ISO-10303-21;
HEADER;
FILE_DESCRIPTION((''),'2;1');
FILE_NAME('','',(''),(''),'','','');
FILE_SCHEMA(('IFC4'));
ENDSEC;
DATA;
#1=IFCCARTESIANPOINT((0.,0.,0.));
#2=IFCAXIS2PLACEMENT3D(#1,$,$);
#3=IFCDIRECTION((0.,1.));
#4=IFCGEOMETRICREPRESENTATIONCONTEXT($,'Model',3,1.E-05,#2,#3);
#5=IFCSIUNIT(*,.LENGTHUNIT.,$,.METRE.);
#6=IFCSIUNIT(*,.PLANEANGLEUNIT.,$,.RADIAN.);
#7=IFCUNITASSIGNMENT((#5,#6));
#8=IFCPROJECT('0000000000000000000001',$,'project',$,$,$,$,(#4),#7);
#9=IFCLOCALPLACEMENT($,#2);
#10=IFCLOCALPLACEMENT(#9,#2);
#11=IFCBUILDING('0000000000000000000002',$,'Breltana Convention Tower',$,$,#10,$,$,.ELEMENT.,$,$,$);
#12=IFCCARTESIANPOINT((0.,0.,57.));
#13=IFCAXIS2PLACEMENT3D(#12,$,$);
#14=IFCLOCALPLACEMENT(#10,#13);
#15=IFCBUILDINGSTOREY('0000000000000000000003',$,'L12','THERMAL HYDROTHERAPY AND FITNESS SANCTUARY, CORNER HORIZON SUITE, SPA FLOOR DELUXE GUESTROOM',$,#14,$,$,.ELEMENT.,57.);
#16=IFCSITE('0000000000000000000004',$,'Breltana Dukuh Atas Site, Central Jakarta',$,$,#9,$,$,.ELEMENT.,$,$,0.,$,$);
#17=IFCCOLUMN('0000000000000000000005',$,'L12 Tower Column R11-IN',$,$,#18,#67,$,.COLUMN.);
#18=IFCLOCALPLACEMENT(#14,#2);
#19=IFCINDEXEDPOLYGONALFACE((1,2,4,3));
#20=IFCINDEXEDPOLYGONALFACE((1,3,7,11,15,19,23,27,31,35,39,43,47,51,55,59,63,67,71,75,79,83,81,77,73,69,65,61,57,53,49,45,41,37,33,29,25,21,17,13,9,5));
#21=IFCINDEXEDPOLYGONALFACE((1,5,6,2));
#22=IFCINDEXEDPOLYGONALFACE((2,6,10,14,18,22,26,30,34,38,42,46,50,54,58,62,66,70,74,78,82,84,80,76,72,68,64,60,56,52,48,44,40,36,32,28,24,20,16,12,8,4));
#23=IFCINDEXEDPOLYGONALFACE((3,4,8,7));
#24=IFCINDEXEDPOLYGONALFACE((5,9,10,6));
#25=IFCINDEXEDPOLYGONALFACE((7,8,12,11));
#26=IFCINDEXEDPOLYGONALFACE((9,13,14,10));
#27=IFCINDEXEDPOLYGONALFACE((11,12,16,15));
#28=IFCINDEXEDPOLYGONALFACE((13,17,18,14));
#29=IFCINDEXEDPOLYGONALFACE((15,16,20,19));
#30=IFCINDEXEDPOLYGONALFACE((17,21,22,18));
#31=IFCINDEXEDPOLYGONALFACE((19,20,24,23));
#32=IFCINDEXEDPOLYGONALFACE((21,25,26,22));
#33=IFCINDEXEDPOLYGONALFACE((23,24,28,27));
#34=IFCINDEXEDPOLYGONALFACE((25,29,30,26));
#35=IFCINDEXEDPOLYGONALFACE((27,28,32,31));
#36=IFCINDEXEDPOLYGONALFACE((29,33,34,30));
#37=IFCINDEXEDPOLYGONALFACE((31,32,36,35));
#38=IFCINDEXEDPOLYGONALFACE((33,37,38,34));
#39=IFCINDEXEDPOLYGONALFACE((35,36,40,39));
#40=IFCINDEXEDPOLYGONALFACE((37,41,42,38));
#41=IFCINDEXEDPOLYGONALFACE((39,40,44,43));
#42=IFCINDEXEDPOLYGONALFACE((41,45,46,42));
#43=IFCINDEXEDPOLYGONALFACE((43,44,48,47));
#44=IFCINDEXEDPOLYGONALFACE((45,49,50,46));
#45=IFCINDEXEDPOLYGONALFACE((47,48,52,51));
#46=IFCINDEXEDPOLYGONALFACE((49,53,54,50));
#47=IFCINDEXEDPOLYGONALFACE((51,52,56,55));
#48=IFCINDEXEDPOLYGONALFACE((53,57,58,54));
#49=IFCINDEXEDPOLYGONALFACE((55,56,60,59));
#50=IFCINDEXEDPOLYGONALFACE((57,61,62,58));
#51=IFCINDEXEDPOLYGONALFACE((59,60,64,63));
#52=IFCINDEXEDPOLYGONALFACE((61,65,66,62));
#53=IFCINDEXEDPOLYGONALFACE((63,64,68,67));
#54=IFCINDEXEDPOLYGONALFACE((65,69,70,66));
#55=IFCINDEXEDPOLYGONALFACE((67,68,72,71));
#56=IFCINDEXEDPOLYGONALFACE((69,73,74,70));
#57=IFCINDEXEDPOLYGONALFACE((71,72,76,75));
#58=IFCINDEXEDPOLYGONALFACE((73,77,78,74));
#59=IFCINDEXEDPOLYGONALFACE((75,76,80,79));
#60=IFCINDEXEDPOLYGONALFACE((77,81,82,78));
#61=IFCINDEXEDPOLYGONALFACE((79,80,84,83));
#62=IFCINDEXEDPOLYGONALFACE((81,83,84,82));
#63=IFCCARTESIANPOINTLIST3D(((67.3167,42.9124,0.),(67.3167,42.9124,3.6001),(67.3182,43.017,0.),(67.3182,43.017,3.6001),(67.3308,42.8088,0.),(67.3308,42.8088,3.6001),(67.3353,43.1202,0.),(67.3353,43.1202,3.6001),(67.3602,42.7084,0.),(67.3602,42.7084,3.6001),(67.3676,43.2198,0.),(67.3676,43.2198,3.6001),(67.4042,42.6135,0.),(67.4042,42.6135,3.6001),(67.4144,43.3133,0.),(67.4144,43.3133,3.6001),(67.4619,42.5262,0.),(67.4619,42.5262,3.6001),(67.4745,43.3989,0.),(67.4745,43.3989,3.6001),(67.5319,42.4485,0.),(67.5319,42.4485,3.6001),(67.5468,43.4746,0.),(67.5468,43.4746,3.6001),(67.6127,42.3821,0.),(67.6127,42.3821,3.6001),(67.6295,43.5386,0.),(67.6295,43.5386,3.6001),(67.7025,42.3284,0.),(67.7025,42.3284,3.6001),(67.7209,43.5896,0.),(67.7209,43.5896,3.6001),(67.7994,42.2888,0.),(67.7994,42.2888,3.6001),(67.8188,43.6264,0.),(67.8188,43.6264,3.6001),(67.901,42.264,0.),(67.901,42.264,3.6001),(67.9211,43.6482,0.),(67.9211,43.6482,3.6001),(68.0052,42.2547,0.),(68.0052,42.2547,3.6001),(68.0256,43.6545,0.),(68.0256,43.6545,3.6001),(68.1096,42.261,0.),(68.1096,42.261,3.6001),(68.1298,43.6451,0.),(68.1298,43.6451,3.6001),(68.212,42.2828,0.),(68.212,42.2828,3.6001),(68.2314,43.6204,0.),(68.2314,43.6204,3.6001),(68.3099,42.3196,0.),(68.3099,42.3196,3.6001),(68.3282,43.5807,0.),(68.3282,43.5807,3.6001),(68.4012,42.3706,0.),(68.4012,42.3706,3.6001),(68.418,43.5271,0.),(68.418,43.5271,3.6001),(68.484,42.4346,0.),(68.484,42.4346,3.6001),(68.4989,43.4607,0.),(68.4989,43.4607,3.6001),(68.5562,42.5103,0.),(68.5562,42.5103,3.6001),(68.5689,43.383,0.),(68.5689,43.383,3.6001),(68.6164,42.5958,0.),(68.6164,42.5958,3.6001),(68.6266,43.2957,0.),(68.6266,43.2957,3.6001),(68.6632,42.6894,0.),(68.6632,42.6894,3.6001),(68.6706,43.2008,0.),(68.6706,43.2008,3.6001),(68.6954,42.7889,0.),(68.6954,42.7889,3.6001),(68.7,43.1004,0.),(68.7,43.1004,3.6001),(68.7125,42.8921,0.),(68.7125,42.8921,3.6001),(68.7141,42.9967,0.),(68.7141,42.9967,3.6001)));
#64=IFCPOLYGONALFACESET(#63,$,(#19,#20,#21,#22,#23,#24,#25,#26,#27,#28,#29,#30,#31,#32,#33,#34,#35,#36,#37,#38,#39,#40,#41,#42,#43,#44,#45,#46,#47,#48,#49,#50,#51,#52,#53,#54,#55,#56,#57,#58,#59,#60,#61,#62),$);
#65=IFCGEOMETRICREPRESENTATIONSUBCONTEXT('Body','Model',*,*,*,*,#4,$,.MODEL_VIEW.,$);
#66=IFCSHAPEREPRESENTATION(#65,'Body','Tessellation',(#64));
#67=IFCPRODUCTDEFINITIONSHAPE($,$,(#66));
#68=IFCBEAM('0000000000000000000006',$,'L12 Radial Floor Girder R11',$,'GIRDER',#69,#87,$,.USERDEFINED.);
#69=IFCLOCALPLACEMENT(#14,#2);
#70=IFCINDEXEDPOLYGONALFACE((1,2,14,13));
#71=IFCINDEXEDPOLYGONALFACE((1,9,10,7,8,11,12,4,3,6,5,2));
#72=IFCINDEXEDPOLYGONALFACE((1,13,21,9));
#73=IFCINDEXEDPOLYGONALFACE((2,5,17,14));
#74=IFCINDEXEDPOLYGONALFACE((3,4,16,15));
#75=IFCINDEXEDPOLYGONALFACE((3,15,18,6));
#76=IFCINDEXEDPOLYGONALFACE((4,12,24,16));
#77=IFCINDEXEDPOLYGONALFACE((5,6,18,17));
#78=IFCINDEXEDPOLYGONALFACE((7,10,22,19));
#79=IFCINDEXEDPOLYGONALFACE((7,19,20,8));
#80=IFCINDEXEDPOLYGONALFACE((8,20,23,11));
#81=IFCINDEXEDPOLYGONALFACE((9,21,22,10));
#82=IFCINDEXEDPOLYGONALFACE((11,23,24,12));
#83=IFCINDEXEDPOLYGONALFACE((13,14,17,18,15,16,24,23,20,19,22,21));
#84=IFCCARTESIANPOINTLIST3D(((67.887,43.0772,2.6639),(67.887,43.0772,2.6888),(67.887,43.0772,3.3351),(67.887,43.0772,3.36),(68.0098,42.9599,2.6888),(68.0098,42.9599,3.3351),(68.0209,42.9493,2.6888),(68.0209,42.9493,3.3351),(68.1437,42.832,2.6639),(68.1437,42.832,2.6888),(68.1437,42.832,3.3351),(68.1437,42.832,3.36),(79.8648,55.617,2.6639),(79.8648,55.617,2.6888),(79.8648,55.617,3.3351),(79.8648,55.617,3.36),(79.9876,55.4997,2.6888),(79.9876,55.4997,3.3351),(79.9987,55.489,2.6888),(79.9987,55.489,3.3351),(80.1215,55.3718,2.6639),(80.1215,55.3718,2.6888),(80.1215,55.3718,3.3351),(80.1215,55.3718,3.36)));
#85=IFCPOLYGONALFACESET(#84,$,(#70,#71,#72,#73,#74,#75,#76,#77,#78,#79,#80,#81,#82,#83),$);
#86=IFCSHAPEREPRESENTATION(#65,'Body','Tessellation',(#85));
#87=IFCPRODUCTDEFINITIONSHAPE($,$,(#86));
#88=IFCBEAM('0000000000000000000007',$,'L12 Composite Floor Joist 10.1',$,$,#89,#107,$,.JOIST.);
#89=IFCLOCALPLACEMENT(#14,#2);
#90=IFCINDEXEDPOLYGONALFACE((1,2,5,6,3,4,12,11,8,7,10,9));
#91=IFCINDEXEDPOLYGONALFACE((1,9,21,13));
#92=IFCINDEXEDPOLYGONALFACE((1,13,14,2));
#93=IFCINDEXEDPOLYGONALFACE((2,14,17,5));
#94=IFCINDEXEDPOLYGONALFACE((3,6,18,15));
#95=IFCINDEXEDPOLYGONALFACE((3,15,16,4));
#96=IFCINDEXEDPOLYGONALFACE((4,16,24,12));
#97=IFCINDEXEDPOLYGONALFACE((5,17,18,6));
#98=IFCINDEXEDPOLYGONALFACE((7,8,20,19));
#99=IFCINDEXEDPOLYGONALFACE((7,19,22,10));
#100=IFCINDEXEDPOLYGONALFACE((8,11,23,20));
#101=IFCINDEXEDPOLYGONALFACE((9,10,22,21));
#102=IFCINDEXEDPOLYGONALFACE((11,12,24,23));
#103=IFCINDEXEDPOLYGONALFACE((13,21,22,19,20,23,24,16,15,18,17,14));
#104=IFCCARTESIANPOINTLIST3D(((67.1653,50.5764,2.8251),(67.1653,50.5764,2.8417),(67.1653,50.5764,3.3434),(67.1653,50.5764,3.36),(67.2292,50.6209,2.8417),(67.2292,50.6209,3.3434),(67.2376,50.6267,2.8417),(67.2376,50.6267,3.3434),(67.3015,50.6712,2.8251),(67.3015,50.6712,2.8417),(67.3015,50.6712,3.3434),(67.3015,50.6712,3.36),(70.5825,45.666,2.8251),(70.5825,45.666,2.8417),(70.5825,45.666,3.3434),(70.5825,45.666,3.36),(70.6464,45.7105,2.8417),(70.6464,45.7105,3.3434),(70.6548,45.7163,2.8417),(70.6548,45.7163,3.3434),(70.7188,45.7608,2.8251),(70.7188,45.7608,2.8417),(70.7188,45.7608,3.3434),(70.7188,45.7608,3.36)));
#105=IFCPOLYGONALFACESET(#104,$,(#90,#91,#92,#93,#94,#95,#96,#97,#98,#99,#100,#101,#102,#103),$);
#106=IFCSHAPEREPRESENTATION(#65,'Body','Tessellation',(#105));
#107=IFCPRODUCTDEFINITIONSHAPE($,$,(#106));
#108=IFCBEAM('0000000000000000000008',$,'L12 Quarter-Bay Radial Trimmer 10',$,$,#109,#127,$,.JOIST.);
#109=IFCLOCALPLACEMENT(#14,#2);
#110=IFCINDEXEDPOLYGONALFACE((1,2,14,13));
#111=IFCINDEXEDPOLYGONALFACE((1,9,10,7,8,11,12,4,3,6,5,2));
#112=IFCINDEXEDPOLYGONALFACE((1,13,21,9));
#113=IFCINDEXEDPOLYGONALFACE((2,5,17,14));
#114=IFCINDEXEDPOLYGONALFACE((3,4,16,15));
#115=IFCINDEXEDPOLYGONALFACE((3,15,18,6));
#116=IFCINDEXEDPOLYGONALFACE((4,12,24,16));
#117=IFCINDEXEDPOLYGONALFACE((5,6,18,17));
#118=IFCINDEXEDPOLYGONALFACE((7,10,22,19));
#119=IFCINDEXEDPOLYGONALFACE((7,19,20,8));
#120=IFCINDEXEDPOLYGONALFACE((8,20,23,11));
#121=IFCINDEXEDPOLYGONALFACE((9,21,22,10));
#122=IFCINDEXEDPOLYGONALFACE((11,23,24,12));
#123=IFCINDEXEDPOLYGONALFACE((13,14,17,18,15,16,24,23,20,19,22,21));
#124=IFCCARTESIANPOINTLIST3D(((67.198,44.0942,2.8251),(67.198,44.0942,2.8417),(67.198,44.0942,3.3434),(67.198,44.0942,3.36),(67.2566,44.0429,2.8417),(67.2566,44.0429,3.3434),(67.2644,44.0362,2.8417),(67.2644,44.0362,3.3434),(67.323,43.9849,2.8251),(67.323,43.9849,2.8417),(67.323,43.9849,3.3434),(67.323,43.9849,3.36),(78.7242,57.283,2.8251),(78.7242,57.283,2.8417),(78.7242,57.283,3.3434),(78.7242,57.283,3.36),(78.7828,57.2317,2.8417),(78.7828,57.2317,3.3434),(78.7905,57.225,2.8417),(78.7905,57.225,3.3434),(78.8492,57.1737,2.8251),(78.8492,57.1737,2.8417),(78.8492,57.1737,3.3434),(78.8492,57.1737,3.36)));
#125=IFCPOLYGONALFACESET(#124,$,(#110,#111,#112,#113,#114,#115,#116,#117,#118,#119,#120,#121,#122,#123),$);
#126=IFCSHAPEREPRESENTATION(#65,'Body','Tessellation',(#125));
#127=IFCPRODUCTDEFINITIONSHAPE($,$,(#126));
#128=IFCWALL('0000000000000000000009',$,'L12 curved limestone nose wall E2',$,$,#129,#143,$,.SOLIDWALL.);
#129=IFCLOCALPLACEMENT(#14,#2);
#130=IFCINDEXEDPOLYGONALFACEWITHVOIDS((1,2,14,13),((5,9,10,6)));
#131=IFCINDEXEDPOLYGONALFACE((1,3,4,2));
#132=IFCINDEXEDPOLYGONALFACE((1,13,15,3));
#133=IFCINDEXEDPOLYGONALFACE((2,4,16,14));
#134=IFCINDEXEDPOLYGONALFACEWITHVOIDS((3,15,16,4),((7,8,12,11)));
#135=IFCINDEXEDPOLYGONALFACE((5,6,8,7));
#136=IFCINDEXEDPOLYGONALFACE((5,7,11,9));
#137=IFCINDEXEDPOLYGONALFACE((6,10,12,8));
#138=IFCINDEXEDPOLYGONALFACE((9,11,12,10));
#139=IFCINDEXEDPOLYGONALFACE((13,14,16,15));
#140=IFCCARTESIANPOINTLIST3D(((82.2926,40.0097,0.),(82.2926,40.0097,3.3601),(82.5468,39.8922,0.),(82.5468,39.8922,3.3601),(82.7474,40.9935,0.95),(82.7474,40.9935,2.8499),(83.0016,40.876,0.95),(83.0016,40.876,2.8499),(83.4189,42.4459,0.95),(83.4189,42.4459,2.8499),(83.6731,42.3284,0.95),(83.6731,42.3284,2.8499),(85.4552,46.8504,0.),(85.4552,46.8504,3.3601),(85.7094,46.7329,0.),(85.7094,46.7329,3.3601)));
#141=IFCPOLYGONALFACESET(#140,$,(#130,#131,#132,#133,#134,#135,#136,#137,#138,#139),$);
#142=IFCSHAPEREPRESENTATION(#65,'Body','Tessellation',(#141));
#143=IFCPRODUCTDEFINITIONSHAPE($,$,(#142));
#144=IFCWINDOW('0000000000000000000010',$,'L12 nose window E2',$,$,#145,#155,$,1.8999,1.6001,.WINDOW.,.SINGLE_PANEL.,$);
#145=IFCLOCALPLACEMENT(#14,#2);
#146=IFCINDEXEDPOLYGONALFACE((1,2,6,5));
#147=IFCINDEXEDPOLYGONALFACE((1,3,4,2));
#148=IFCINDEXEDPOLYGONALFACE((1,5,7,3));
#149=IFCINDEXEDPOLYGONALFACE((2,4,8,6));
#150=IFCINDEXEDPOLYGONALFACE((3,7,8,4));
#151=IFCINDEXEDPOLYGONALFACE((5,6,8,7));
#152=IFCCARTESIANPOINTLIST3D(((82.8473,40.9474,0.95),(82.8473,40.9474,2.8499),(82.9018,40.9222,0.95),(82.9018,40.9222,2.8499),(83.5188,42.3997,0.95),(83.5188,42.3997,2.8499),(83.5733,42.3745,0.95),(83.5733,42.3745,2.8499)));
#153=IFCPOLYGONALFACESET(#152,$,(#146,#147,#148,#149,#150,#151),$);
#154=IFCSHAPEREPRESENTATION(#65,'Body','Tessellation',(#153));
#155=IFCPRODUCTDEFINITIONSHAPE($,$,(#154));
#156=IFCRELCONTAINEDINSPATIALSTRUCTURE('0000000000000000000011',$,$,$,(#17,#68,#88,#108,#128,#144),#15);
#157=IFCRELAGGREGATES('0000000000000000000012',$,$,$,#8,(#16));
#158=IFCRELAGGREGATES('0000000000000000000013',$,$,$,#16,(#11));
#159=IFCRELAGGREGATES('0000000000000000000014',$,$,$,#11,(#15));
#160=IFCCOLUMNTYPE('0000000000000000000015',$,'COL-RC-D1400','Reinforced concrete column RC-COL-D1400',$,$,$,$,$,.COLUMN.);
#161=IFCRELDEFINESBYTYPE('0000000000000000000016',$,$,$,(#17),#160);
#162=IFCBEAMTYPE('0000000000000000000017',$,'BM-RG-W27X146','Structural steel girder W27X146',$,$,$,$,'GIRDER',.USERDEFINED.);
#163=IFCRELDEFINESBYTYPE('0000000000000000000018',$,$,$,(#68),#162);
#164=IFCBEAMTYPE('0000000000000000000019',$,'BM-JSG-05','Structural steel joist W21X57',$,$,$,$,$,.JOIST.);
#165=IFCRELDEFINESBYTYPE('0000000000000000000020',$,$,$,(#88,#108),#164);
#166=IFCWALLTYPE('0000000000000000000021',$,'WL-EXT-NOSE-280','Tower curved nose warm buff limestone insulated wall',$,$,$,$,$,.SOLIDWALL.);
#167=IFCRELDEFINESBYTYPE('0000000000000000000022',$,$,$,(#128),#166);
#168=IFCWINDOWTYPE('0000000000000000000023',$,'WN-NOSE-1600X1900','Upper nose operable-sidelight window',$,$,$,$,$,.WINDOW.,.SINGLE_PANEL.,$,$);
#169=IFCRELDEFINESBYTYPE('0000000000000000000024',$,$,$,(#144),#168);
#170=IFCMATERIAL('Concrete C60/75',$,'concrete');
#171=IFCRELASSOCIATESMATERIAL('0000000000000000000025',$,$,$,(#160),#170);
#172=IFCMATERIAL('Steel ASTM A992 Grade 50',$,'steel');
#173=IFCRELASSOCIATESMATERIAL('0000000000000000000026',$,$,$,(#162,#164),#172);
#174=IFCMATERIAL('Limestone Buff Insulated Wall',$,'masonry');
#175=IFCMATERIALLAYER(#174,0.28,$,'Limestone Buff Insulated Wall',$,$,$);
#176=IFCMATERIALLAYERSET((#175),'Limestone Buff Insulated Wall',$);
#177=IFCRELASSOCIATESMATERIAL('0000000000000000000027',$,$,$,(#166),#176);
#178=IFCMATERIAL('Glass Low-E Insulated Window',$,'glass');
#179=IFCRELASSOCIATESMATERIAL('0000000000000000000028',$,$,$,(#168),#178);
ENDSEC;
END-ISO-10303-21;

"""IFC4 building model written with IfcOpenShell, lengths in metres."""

from ifc_helpers import new_model, si_unit, direction, frame, frame_2d, origin, origin_2d, place, context, subcontext, project, spatial, rectangle, circle, i_section, extrude, source, transform, mapped, material, layer, layer_set, material_profile, profile_set, type_object, type_shapes, element, fill, save


model = new_model("IFC4")

# Units and contexts
model_context = context("Model", 3, precision=1e-05, world=origin(), true_north=direction((0.0, 1.0)))
body_context = subcontext(model_context, "Body", "Model", "MODEL_VIEW")
ifc_project = project(units=[si_unit("LENGTHUNIT", "METRE"), si_unit("PLANEANGLEUNIT", "RADIAN")], contexts=[model_context])

# Site, building, storey
site_placement = place(None, origin())
site = spatial("IfcSite", under=ifc_project, at=site_placement, Name="Breltana Dukuh Atas Site, Central Jakarta", CompositionType="ELEMENT", RefElevation=0.0)
building_placement = place(site_placement, origin())
building = spatial("IfcBuilding", under=site, at=building_placement, Name="Breltana Convention Tower", CompositionType="ELEMENT")
storey_placement = place(building_placement, frame((0.0, 0.0, 57.0)))
storey = spatial("IfcBuildingStorey", under=building, at=storey_placement, Name="L12", Description="THERMAL HYDROTHERAPY AND FITNESS SANCTUARY, CORNER HORIZON SUITE, SPA FLOOR DELUXE GUESTROOM", CompositionType="ELEMENT", Elevation=57.0)

# Column
ifc_material_1 = material(Name="Concrete C60/75", Category="concrete")
ifc_material_profile_1 = material_profile(ifc_material_1, circle(Radius=0.7, at=origin_2d()), Name="RC-COL-D1400")
ifc_profile_set_1 = profile_set([ifc_material_profile_1], Name="Concrete C60/75")
column_type = type_object("IfcColumnType", Name="COL-RC-D1400", Description="Reinforced concrete column RC-COL-D1400", PredefinedType="COLUMN", material=ifc_profile_set_1)
shared_shape_1 = source(origin(), body_context, "Body", "SweptSolid", [
    extrude(circle(Radius=0.7, at=origin_2d()), origin(), (0.0, 0.0, 1.0), 3.6001),
])
column_placement = place(storey_placement, frame((68.0154, 42.9546, 0.0), z_axis=(0.0, 0.0, 1.0), x_axis=(0.690756, 0.723088, 0.0)))
element("IfcColumn", 1, at=column_placement, inside=storey, type_object=column_type, Name="L12 Tower Column R11-IN", PredefinedType="COLUMN", context=body_context, shape_type="MappedRepresentation", body=[
    mapped(shared_shape_1, transform((0.0, 0.0, 0.0), scale=1.0)),
])

# Beams
ifc_material_2 = material(Name="Steel ASTM A992 Grade 50", Category="steel")
ifc_material_profile_2 = material_profile(ifc_material_2, i_section(OverallWidth=0.355, OverallDepth=0.696, WebThickness=0.0154, FlangeThickness=0.0249, at=origin_2d()), Name="W27X146")
ifc_profile_set_2 = profile_set([ifc_material_profile_2], Name="Steel ASTM A992 Grade 50")
beam_type_1 = type_object("IfcBeamType", Name="BM-RG-W27X146", Description="Structural steel girder W27X146", ElementType="GIRDER", PredefinedType="USERDEFINED", material=ifc_profile_set_2)
shared_shape_2 = source(origin(), body_context, "Body", "SweptSolid", [
    extrude(i_section(OverallWidth=0.355, OverallDepth=0.696, WebThickness=0.0154, FlangeThickness=0.0249, at=origin_2d()), origin(), (0.0, 0.0, 1.0), 17.3411),
])
type_shapes(beam_type_1, [shared_shape_2])
beam_1_placement = place(storey_placement, frame((68.0154, 42.9546, 3.012), z_axis=(0.690716, 0.723126, 0.0), x_axis=(-0.723126, 0.690716, 0.0)))
element("IfcBeam", 2, at=beam_1_placement, inside=storey, type_object=beam_type_1, Name="L12 Radial Floor Girder R11", ObjectType="GIRDER", PredefinedType="USERDEFINED", context=body_context, shape_type="MappedRepresentation", body=[
    mapped(shared_shape_2, transform((0.0, 0.0, 0.0), scale=1.0)),
])
ifc_material_profile_3 = material_profile(ifc_material_2, i_section(OverallWidth=0.166, OverallDepth=0.5349, WebThickness=0.0103, FlangeThickness=0.0166, at=origin_2d()), Name="W21X57")
ifc_profile_set_3 = profile_set([ifc_material_profile_3], Name="Steel ASTM A992 Grade 50")
beam_type_2 = type_object("IfcBeamType", Name="BM-JSG-05", Description="Structural steel joist W21X57", PredefinedType="JOIST", material=ifc_profile_set_3)
shared_shape_3 = source(origin(), body_context, "Body", "SweptSolid", [
    extrude(i_section(OverallWidth=0.166, OverallDepth=0.5349, WebThickness=0.0103, FlangeThickness=0.0166, at=origin_2d()), origin(), (0.0, 0.0, 1.0), 5.9824),
])
beam_2_placement = place(storey_placement, frame((67.2334, 50.6238, 3.0925), z_axis=(0.571212, -0.820803, 0.0), x_axis=(0.820803, 0.571212, 0.0)))
element("IfcBeam", 3, at=beam_2_placement, inside=storey, type_object=beam_type_2, Name="L12 Composite Floor Joist 10.1", PredefinedType="JOIST", context=body_context, shape_type="MappedRepresentation", body=[
    mapped(shared_shape_3, transform((0.0, 0.0, 0.0), scale=1.0)),
])
shared_shape_4 = source(origin(), body_context, "Body", "SweptSolid", [
    extrude(i_section(OverallWidth=0.166, OverallDepth=0.5349, WebThickness=0.0103, FlangeThickness=0.0166, at=origin_2d()), origin(), (0.0, 0.0, 1.0), 17.5156),
])
beam_3_placement = place(storey_placement, frame((67.2605, 44.0396, 3.0925), z_axis=(0.658052, 0.752973, 0.0), x_axis=(-0.752973, 0.658052, 0.0)))
element("IfcBeam", 4, at=beam_3_placement, inside=storey, type_object=beam_type_2, Name="L12 Quarter-Bay Radial Trimmer 10", PredefinedType="JOIST", context=body_context, shape_type="MappedRepresentation", body=[
    mapped(shared_shape_4, transform((0.0, 0.0, 0.0), scale=1.0)),
])

# Wall, opening, window
ifc_material_3 = material(Name="Limestone Buff Insulated Wall", Category="masonry")
ifc_layer_1 = layer(ifc_material_3, 0.28, Name="Limestone Buff Insulated Wall")
ifc_layer_set_1 = layer_set([ifc_layer_1], Name="Limestone Buff Insulated Wall")
wall_type_1 = type_object("IfcWallType", Name="WL-EXT-NOSE-280", Description="Tower curved nose warm buff limestone insulated wall", PredefinedType="SOLIDWALL", material=ifc_layer_set_1)
shared_shape_5 = source(origin(), body_context, "Body", "SweptSolid", [
    extrude(rectangle(XDim=7.5364, YDim=0.28, at=frame_2d((3.7681, 0.0))), origin(), (0.0, 0.0, 1.0), 3.3601),
])
wall_1_placement = place(storey_placement, frame((85.5823, 46.7915, 0.0), z_axis=(0.0, 0.0, 1.0), x_axis=(-0.41965, -0.907686, 0.0)))
wall_1 = element("IfcWall", 5, at=wall_1_placement, inside=storey, type_object=wall_type_1, Name="L12 curved limestone nose wall E2", PredefinedType="SOLIDWALL", context=body_context, shape_type="MappedRepresentation", body=[
    mapped(shared_shape_5, transform((0.0, 0.0, 0.0), scale=1.0)),
])
opening_1_placement = place(wall_1_placement, frame((4.8523, 0.0, 0.95)))
opening_1 = element("IfcOpeningElement", 6, at=opening_1_placement, cuts=wall_1, PredefinedType="OPENING", context=body_context, shape_type="SweptSolid", body=[
    extrude(rectangle(XDim=1.6001, YDim=1.8999, at=frame_2d((0.8, 0.95))), frame((0.0, 0.1499, 0.0), z_axis=(0.0, -1.0, 0.0), x_axis=(1.0, 0.0, 0.0)), (0.0, 0.0, 1.0), 0.3),
])
ifc_material_4 = material(Name="Glass Low-E Insulated Window", Category="glass")
window_type = type_object("IfcWindowType", Name="WN-NOSE-1600X1900", Description="Upper nose operable-sidelight window", PartitioningType="SINGLE_PANEL", PredefinedType="WINDOW", material=ifc_material_4)
shared_shape_6 = source(origin(), body_context, "Body", "SweptSolid", [
    extrude(rectangle(XDim=1.6001, YDim=1.8999, at=frame_2d((0.8, 0.95))), frame((0.0, 0.03, 0.0), z_axis=(0.0, -1.0, 0.0), x_axis=(1.0, 0.0, 0.0)), (0.0, 0.0, 1.0), 0.0601),
])
type_shapes(window_type, [shared_shape_6])
window_1_placement = place(opening_1_placement, origin())
window_1 = element("IfcWindow", 7, at=window_1_placement, inside=storey, type_object=window_type, Name="L12 nose window E2", OverallHeight=1.8999, OverallWidth=1.6001, PartitioningType="SINGLE_PANEL", PredefinedType="WINDOW", context=body_context, shape_type="MappedRepresentation", body=[
    mapped(shared_shape_6, transform((0.0, 0.0, 0.0), scale=1.0)),
])
fill(opening_1, window_1)

save(model, "model.ifc")
